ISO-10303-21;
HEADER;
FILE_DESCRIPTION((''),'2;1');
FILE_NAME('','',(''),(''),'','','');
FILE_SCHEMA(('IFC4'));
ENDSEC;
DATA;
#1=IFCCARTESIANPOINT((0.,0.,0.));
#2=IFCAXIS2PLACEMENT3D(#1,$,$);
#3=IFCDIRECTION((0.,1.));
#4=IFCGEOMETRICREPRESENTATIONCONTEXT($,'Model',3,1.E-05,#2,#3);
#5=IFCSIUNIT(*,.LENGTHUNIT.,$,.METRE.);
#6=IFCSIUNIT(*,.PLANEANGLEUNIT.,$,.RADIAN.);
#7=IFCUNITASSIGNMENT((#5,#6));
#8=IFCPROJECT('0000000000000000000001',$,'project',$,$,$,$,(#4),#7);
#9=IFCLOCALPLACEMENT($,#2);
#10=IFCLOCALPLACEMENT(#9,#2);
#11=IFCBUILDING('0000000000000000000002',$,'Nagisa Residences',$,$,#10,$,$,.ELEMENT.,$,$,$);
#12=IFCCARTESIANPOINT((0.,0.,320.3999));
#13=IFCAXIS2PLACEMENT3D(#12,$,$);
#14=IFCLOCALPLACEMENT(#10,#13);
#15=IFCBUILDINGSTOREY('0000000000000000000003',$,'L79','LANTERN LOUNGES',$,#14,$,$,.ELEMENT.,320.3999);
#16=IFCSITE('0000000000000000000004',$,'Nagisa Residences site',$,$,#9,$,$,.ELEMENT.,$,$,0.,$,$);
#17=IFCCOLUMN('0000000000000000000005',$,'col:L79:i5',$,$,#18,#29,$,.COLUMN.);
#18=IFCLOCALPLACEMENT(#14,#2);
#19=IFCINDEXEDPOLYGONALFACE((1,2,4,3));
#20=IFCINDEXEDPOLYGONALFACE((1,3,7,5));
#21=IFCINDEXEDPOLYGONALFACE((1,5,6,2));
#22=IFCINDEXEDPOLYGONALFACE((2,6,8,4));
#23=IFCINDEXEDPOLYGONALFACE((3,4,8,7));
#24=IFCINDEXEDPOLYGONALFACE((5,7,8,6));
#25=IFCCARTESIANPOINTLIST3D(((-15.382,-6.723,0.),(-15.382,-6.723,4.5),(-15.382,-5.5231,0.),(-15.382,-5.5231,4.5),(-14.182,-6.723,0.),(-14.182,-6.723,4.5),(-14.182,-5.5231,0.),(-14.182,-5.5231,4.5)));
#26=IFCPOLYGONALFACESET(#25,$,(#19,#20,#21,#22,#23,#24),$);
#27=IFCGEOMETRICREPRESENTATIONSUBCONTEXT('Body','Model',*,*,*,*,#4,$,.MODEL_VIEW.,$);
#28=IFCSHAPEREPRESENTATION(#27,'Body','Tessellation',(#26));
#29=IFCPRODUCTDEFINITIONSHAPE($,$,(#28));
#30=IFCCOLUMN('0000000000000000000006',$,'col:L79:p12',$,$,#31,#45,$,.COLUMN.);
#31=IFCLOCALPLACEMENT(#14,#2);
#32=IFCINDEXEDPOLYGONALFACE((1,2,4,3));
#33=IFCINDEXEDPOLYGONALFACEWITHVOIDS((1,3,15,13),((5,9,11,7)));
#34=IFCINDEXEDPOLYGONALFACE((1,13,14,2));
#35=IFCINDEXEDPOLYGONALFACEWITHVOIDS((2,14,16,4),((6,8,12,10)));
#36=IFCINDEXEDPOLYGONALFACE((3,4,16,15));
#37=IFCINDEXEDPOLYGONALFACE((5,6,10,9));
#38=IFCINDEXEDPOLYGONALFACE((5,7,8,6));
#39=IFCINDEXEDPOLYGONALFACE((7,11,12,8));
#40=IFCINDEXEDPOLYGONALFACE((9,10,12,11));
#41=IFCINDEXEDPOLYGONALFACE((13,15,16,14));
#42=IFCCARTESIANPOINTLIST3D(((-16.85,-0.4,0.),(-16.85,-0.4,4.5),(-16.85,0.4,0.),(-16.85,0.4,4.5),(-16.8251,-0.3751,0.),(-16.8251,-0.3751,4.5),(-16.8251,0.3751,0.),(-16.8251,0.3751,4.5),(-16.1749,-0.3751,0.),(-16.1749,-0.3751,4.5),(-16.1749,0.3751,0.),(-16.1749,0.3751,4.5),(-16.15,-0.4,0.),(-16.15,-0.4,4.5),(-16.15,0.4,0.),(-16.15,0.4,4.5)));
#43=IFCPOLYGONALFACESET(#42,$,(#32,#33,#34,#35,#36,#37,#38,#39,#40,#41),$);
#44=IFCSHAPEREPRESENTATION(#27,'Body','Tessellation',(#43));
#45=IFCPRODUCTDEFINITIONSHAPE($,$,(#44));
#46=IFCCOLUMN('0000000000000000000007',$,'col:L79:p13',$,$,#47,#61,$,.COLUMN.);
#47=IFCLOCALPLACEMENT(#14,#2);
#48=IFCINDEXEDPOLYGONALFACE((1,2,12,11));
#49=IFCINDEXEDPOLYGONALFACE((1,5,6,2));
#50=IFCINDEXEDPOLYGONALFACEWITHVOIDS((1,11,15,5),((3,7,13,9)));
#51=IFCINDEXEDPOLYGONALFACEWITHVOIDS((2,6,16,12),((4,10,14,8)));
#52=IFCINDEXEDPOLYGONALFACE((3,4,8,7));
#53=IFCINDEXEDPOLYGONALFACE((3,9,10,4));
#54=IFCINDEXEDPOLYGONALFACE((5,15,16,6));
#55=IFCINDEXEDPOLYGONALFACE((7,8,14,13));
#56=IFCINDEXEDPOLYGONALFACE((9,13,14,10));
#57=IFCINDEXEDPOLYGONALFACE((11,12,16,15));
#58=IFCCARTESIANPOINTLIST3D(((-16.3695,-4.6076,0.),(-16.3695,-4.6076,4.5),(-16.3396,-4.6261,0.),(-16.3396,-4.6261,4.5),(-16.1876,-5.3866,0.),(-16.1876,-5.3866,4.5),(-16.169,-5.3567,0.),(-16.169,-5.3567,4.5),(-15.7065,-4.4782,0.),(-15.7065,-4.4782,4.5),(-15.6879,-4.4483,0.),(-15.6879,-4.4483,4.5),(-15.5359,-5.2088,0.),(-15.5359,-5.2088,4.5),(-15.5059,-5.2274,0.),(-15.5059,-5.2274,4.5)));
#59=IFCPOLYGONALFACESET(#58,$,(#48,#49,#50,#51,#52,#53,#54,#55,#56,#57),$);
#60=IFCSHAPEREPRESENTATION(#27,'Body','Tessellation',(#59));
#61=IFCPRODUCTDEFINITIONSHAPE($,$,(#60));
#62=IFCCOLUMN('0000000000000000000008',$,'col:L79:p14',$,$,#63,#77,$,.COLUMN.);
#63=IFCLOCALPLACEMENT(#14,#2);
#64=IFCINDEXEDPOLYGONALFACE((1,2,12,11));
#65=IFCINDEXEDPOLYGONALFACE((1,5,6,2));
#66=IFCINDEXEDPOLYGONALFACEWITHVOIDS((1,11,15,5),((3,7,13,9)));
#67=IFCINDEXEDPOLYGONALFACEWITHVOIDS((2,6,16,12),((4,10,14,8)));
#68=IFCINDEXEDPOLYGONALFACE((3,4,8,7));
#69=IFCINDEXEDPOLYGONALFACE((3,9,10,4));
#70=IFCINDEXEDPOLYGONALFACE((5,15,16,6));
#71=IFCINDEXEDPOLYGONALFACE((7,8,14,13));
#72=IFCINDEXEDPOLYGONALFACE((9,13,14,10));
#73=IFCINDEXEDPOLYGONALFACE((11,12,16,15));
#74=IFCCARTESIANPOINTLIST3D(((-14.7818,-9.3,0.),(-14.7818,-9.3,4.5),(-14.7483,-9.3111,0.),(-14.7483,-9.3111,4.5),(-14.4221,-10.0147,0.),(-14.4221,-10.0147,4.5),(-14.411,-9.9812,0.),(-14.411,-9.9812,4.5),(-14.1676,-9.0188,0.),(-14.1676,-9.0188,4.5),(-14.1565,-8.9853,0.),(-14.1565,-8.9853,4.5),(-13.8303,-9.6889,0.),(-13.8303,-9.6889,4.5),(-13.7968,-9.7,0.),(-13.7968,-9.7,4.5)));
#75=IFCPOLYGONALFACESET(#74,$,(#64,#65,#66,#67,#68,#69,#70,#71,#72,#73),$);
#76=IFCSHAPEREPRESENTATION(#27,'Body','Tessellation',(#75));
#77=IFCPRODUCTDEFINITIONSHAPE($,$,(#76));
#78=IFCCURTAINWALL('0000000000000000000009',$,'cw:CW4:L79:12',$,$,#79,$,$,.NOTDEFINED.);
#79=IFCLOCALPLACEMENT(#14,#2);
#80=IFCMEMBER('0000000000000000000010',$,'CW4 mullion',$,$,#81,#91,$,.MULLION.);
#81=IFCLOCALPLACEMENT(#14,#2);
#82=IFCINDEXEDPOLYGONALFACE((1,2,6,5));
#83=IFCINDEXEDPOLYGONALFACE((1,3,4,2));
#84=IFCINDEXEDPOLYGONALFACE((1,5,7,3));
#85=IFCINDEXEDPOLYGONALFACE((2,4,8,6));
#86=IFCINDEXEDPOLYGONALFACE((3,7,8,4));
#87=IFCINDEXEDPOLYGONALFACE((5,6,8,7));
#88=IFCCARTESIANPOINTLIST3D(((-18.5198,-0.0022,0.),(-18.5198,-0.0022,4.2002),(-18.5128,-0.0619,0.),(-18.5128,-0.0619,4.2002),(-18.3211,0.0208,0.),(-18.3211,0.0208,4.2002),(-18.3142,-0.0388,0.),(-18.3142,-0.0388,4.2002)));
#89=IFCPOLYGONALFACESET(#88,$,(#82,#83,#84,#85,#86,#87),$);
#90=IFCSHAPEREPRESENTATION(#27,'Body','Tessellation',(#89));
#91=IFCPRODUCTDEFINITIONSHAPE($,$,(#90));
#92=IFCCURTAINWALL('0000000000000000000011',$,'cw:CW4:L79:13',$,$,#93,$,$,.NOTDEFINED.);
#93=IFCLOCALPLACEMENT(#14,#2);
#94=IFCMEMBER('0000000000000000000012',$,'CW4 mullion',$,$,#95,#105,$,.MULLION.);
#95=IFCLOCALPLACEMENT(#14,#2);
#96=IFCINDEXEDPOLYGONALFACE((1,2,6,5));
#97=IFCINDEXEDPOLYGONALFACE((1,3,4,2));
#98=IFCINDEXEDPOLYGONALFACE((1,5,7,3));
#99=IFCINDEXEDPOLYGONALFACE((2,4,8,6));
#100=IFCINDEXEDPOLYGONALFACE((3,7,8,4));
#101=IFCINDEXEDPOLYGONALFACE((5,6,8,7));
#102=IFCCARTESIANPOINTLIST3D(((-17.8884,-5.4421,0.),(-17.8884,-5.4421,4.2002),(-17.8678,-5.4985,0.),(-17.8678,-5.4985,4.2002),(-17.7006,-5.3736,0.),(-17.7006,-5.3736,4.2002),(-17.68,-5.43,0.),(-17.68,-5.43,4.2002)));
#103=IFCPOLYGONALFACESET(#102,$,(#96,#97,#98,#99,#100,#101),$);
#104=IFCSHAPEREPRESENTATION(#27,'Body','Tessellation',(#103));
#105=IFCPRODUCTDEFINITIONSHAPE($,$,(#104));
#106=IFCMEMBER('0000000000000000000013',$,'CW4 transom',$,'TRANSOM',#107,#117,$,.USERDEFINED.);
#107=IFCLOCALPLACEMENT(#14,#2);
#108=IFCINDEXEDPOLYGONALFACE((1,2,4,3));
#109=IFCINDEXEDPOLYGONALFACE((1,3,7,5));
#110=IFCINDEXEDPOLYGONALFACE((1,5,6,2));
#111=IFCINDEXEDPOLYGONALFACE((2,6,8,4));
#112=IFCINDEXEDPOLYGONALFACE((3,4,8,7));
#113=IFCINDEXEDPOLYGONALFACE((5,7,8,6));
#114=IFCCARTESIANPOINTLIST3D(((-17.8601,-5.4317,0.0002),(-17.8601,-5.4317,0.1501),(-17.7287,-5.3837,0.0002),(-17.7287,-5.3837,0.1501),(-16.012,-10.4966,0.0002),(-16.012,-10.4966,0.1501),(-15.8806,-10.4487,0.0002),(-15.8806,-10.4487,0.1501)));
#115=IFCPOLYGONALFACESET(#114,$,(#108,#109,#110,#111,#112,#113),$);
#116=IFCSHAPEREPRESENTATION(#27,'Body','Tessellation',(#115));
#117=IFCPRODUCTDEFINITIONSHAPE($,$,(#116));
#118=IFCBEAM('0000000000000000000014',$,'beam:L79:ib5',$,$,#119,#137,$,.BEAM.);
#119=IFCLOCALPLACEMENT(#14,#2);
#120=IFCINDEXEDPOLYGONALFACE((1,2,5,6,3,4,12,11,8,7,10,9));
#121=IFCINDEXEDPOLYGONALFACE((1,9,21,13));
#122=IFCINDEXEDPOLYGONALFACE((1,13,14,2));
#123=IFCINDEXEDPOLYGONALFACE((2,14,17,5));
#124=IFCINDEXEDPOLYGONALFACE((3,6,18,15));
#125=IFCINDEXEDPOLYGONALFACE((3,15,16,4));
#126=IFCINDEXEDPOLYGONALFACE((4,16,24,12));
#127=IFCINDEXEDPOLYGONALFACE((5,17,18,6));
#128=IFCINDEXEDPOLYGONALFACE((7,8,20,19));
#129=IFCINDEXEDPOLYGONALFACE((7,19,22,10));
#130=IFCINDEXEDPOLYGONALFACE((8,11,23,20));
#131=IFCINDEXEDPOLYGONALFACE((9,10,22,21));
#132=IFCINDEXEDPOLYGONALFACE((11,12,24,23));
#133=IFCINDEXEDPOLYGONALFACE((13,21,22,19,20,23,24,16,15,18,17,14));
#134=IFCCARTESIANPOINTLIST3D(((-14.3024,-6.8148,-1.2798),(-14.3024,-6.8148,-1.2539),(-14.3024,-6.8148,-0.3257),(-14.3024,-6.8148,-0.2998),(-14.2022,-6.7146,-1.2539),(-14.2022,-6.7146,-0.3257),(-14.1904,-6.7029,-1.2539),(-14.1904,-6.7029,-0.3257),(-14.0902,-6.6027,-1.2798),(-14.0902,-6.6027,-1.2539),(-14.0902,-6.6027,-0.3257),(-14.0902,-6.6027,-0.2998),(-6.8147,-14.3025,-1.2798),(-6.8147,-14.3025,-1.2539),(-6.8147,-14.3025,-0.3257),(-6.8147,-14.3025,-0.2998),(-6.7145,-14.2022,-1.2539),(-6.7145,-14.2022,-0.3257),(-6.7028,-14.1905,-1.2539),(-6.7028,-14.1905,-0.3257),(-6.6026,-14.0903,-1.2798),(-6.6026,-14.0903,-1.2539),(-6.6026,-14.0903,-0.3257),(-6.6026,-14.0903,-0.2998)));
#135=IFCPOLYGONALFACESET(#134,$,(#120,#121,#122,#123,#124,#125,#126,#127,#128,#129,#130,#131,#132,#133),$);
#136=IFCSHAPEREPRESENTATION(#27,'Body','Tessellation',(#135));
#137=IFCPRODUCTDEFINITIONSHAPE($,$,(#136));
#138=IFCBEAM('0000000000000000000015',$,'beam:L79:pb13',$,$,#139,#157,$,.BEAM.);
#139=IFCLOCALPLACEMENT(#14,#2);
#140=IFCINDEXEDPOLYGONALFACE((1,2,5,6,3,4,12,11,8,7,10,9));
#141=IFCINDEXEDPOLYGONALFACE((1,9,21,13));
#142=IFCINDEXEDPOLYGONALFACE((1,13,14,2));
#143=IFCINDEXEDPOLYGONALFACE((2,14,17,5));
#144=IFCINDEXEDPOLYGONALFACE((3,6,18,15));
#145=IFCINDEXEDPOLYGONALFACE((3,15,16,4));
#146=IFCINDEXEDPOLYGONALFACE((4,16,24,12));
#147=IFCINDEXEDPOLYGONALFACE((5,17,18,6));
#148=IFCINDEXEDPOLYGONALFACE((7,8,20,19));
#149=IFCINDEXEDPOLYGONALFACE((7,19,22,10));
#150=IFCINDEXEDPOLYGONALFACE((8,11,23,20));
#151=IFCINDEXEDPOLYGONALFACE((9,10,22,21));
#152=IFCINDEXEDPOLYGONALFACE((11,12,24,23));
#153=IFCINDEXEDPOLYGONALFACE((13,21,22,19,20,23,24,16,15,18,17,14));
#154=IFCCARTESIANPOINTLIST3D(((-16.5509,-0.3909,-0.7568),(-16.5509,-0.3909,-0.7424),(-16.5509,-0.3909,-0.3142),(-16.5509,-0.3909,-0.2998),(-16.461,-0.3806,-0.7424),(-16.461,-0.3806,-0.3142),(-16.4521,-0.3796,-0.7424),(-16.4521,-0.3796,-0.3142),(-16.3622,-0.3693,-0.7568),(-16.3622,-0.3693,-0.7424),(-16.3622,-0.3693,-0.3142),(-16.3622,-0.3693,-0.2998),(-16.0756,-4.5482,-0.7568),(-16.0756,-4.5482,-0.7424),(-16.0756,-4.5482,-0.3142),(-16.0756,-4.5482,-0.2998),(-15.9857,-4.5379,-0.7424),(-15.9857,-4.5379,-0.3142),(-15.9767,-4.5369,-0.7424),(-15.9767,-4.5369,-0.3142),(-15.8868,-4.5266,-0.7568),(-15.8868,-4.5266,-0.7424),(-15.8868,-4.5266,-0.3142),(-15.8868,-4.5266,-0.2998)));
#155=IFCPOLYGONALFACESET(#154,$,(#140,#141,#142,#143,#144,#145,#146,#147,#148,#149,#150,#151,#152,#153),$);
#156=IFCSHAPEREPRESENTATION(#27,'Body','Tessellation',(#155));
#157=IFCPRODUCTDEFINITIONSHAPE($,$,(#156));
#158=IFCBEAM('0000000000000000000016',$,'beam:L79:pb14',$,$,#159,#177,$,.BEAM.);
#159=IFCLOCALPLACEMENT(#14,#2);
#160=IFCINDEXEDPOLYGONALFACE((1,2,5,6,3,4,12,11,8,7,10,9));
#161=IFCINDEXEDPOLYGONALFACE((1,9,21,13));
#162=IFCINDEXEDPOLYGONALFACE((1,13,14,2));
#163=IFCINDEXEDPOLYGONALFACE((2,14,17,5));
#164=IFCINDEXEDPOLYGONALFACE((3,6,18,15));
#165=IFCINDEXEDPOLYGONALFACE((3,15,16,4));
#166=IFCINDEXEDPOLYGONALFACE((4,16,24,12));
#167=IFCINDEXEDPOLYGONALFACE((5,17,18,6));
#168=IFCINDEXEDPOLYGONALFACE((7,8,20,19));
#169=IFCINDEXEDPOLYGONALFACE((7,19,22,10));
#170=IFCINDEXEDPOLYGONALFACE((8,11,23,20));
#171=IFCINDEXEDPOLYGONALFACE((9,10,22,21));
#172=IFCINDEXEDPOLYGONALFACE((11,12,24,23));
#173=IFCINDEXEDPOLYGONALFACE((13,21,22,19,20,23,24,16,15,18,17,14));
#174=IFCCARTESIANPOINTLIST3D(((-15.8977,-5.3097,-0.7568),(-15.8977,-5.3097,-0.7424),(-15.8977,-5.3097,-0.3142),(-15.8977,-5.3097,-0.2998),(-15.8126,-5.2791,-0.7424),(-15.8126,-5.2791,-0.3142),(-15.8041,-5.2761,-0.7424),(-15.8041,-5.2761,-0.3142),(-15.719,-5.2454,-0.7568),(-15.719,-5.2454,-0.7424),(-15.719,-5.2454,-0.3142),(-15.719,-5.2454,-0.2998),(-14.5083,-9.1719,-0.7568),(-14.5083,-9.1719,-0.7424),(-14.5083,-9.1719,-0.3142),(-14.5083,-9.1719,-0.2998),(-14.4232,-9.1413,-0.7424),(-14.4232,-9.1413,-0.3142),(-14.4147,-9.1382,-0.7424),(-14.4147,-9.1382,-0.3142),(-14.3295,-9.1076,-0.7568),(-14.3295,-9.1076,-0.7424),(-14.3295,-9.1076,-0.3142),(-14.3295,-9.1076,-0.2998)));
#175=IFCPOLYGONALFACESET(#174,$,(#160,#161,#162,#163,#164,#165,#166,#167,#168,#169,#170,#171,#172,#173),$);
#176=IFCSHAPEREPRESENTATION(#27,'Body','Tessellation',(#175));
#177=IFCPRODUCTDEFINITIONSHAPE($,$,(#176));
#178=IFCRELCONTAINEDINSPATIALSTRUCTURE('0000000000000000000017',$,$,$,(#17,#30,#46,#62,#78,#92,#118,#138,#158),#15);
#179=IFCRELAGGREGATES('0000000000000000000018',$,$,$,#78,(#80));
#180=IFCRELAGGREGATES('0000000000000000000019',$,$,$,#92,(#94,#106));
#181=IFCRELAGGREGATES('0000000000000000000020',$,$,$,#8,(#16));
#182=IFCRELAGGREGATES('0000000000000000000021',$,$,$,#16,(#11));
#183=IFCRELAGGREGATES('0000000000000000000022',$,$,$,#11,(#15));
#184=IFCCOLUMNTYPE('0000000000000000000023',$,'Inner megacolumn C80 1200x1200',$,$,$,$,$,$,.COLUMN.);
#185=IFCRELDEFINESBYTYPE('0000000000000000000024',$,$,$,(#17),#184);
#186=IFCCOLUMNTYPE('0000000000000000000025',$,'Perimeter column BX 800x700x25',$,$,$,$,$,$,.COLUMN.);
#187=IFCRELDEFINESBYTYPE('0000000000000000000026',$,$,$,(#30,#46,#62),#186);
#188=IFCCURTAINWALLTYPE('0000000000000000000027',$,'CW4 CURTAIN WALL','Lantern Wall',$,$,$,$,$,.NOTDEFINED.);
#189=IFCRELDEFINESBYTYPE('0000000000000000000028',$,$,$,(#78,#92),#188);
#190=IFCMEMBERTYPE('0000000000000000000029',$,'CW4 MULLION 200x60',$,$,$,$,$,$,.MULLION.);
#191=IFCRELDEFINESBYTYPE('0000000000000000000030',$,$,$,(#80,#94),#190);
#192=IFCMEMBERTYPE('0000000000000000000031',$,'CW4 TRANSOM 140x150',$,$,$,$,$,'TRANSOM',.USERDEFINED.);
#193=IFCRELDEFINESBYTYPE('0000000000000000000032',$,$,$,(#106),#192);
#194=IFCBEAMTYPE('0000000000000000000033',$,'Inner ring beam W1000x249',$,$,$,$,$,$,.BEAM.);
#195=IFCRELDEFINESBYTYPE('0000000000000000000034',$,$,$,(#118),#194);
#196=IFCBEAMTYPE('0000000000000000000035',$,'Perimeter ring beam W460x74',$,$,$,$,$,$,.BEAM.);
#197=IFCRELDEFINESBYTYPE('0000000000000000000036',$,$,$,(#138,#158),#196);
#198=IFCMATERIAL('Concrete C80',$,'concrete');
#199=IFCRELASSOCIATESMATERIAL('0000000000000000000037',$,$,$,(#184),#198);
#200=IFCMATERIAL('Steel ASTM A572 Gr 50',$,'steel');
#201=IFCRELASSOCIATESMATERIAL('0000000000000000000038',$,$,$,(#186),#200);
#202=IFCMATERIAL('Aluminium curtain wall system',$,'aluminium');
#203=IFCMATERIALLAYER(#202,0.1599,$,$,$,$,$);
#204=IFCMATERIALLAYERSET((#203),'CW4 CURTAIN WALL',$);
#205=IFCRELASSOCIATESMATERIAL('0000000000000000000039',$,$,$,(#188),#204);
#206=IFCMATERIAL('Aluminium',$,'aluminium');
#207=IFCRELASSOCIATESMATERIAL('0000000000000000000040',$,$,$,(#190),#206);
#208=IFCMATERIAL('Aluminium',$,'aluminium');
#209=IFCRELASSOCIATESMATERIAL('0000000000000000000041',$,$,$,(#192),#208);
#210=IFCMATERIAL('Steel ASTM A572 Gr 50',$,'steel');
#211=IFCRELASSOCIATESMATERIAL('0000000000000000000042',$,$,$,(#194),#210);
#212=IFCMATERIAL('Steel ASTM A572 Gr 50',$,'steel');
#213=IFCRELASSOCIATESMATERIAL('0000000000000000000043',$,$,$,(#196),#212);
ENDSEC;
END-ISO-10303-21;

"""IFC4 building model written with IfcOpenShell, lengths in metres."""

from ifc_helpers import new_model, si_unit, direction, frame, origin, origin_2d, place, context, subcontext, project, spatial, rectangle, hollow_rectangle, i_section, extrude, material, layer, layer_set, material_profile, profile_set, type_object, element, aggregate, save


model = new_model("IFC4")

# Units and contexts
model_context = context("Model", 3, precision=1e-05, world=origin(), true_north=direction((0.0, 1.0)))
body_context = subcontext(model_context, "Body", "Model", "MODEL_VIEW")
ifc_project = project(units=[si_unit("LENGTHUNIT", "METRE"), si_unit("PLANEANGLEUNIT", "RADIAN")], contexts=[model_context])

# Site, building, storey
site_placement = place(None, origin())
site = spatial("IfcSite", under=ifc_project, at=site_placement, Name="Nagisa Residences site", CompositionType="ELEMENT", RefElevation=0.0)
building_placement = place(site_placement, origin())
building = spatial("IfcBuilding", under=site, at=building_placement, Name="Nagisa Residences", CompositionType="ELEMENT")
storey_placement = place(building_placement, frame((0.0, 0.0, 320.3999)))
storey = spatial("IfcBuildingStorey", under=building, at=storey_placement, Name="L79", Description="LANTERN LOUNGES", CompositionType="ELEMENT", Elevation=320.3999)

# Columns
ifc_material_1 = material(Name="Concrete C80", Category="concrete")
ifc_material_profile_1 = material_profile(ifc_material_1, rectangle(XDim=1.2, YDim=1.2, at=origin_2d()), Name="C80 1200x1200")
ifc_profile_set_1 = profile_set([ifc_material_profile_1], Name="Concrete C80")
column_type_1 = type_object("IfcColumnType", Name="Inner megacolumn C80 1200x1200", PredefinedType="COLUMN", material=ifc_profile_set_1)
column_placement = place(storey_placement, frame((-14.782, -6.123, 0.0), z_axis=(0.0, 0.0, 1.0), x_axis=(1.0, 0.0, 0.0)))
element("IfcColumn", 1, at=column_placement, inside=storey, type_object=column_type_1, Name="col:L79:i5", PredefinedType="COLUMN", context=body_context, shape_type="SweptSolid", body=[
    extrude(rectangle(XDim=1.2, YDim=1.2, at=origin_2d()), origin(), (0.0, 0.0, 1.0), 4.5),
])
ifc_material_2 = material(Name="Steel ASTM A572 Gr 50", Category="steel")
ifc_material_profile_2 = material_profile(ifc_material_2, hollow_rectangle(XDim=0.8, YDim=0.7, WallThickness=0.0249, at=origin_2d()), Name="BX 800x700x25")
ifc_profile_set_2 = profile_set([ifc_material_profile_2], Name="Steel ASTM A572 Gr 50")
column_type_2 = type_object("IfcColumnType", Name="Perimeter column BX 800x700x25", PredefinedType="COLUMN", material=ifc_profile_set_2)
for number, where, z_axis, x_axis, name in (
    (2, (-16.5, 0.0, 0.0), (0.0, 0.0, 1.0), (0.0, -1.0, 0.0), "col:L79:p12"),
    (3, (-15.9377, -4.9175, 0.0), (0.0, 0.0, 1.0), (0.227473, -0.973784, 0.0), "col:L79:p13"),
    (4, (-14.2893, -9.5, 0.0), (0.0, 0.0, 1.0), (0.449592, -0.893234, 0.0), "col:L79:p14"),
):
    element("IfcColumn", number, at=place(storey_placement, frame(where, z_axis=z_axis, x_axis=x_axis)), inside=storey, type_object=column_type_2, Name=name, PredefinedType="COLUMN", context=body_context, shape_type="SweptSolid", body=[
        extrude(hollow_rectangle(XDim=0.8, YDim=0.7, WallThickness=0.0249, at=origin_2d()), origin(), (0.0, 0.0, 1.0), 4.5),
    ])

# Curtain wall, member
ifc_material_3 = material(Name="Aluminium curtain wall system", Category="aluminium")
ifc_layer_1 = layer(ifc_material_3, 0.1599)
ifc_layer_set_1 = layer_set([ifc_layer_1], Name="CW4 CURTAIN WALL")
curtain_wall_type = type_object("IfcCurtainWallType", Name="CW4 CURTAIN WALL", Description="Lantern Wall", PredefinedType="NOTDEFINED", material=ifc_layer_set_1)
curtain_wall_1_placement = place(storey_placement, origin())
curtain_wall_1 = element("IfcCurtainWall", 5, at=curtain_wall_1_placement, inside=storey, type_object=curtain_wall_type, Name="cw:CW4:L79:12", PredefinedType="NOTDEFINED")
ifc_material_4 = material(Name="Aluminium", Category="aluminium")
ifc_material_profile_3 = material_profile(ifc_material_4, rectangle(XDim=0.2, YDim=0.0601, at=origin_2d()), Name="CW4 MULLION 200x60")
ifc_profile_set_3 = profile_set([ifc_material_profile_3], Name="Aluminium")
member_type_1 = type_object("IfcMemberType", Name="CW4 MULLION 200x60", PredefinedType="MULLION", material=ifc_profile_set_3)
member_1_placement = place(storey_placement, frame((-18.417, -0.0205, 0.0), z_axis=(0.0, 0.0, 1.0), x_axis=(0.993341, 0.115207, 0.0)))
member_1 = element("IfcMember", 6, at=member_1_placement, type_object=member_type_1, Name="CW4 mullion", PredefinedType="MULLION", context=body_context, shape_type="SweptSolid", body=[
    extrude(rectangle(XDim=0.2, YDim=0.0601, at=origin_2d()), origin(), (0.0, 0.0, 1.0), 4.2002),
])

# Curtain wall, members
curtain_wall_2_placement = place(storey_placement, origin())
curtain_wall_2 = element("IfcCurtainWall", 7, at=curtain_wall_2_placement, inside=storey, type_object=curtain_wall_type, Name="cw:CW4:L79:13", PredefinedType="NOTDEFINED")
member_2_placement = place(storey_placement, frame((-17.7842, -5.436, 0.0), z_axis=(0.0, 0.0, 1.0), x_axis=(0.939411, 0.342793, 0.0)))
member_2 = element("IfcMember", 8, at=member_2_placement, type_object=member_type_1, Name="CW4 mullion", PredefinedType="MULLION", context=body_context, shape_type="SweptSolid", body=[
    extrude(rectangle(XDim=0.2, YDim=0.0601, at=origin_2d()), origin(), (0.0, 0.0, 1.0), 4.2002),
])
ifc_material_5 = material(Name="Aluminium", Category="aluminium")
ifc_material_profile_4 = material_profile(ifc_material_5, rectangle(XDim=0.1399, YDim=0.1499, at=origin_2d()), Name="CW4 TRANSOM 140x150")
ifc_profile_set_4 = profile_set([ifc_material_profile_4], Name="Aluminium")
member_type_2 = type_object("IfcMemberType", Name="CW4 TRANSOM 140x150", ElementType="TRANSOM", PredefinedType="USERDEFINED", material=ifc_profile_set_4)
member_3_placement = place(storey_placement, frame((-17.7944, -5.4077, 0.0752), z_axis=(0.342783, -0.939415, 0.0), x_axis=(0.939415, 0.342783, 0.0)))
member_3 = element("IfcMember", 9, at=member_3_placement, type_object=member_type_2, Name="CW4 transom", ObjectType="TRANSOM", PredefinedType="USERDEFINED", context=body_context, shape_type="SweptSolid", body=[
    extrude(rectangle(XDim=0.1399, YDim=0.1499, at=origin_2d()), origin(), (0.0, 0.0, 1.0), 5.3916),
])

# Beams
ifc_material_6 = material(Name="Steel ASTM A572 Gr 50", Category="steel")
ifc_material_profile_5 = material_profile(ifc_material_6, i_section(OverallWidth=0.3, OverallDepth=0.98, WebThickness=0.0166, FlangeThickness=0.0259, at=origin_2d()), Name="W1000x249")
ifc_profile_set_5 = profile_set([ifc_material_profile_5], Name="Steel ASTM A572 Gr 50")
beam_type_1 = type_object("IfcBeamType", Name="Inner ring beam W1000x249", PredefinedType="BEAM", material=ifc_profile_set_5)
beam_1_placement = place(storey_placement, frame((-14.1963, -6.7087, -0.7898), z_axis=(0.707107, -0.707107, 0.0), x_axis=(0.707107, 0.707107, 0.0)))
element("IfcBeam", 10, at=beam_1_placement, inside=storey, type_object=beam_type_1, Name="beam:L79:ib5", PredefinedType="BEAM", context=body_context, shape_type="SweptSolid", body=[
    extrude(i_section(OverallWidth=0.3, OverallDepth=0.98, WebThickness=0.0166, FlangeThickness=0.0259, at=origin_2d()), origin(), (0.0, 0.0, 1.0), 10.5891),
])
ifc_material_7 = material(Name="Steel ASTM A572 Gr 50", Category="steel")
ifc_material_profile_6 = material_profile(ifc_material_7, i_section(OverallWidth=0.1899, OverallDepth=0.457, WebThickness=0.009, FlangeThickness=0.0144, at=origin_2d()), Name="W460x74")
ifc_profile_set_6 = profile_set([ifc_material_profile_6], Name="Steel ASTM A572 Gr 50")
beam_type_2 = type_object("IfcBeamType", Name="Perimeter ring beam W460x74", PredefinedType="BEAM", material=ifc_profile_set_6)
beam_2_placement = place(storey_placement, frame((-16.4565, -0.3801, -0.5283), z_axis=(0.113601, -0.993526, 0.0), x_axis=(0.993526, 0.113601, 0.0)))
element("IfcBeam", 11, at=beam_2_placement, inside=storey, type_object=beam_type_2, Name="beam:L79:pb13", PredefinedType="BEAM", context=body_context, shape_type="SweptSolid", body=[
    extrude(i_section(OverallWidth=0.1899, OverallDepth=0.457, WebThickness=0.009, FlangeThickness=0.0144, at=origin_2d()), origin(), (0.0, 0.0, 1.0), 4.1843),
])
beam_3_placement = place(storey_placement, frame((-15.8083, -5.2776, -0.5283), z_axis=(0.338517, -0.94096, 0.0), x_axis=(0.94096, 0.338517, 0.0)))
element("IfcBeam", 12, at=beam_3_placement, inside=storey, type_object=beam_type_2, Name="beam:L79:pb14", PredefinedType="BEAM", context=body_context, shape_type="SweptSolid", body=[
    extrude(i_section(OverallWidth=0.1899, OverallDepth=0.457, WebThickness=0.009, FlangeThickness=0.0144, at=origin_2d()), origin(), (0.0, 0.0, 1.0), 4.1045),
])

aggregate(curtain_wall_1, [member_1])
aggregate(curtain_wall_2, [member_2, member_3])

save(model, "model.ifc")
